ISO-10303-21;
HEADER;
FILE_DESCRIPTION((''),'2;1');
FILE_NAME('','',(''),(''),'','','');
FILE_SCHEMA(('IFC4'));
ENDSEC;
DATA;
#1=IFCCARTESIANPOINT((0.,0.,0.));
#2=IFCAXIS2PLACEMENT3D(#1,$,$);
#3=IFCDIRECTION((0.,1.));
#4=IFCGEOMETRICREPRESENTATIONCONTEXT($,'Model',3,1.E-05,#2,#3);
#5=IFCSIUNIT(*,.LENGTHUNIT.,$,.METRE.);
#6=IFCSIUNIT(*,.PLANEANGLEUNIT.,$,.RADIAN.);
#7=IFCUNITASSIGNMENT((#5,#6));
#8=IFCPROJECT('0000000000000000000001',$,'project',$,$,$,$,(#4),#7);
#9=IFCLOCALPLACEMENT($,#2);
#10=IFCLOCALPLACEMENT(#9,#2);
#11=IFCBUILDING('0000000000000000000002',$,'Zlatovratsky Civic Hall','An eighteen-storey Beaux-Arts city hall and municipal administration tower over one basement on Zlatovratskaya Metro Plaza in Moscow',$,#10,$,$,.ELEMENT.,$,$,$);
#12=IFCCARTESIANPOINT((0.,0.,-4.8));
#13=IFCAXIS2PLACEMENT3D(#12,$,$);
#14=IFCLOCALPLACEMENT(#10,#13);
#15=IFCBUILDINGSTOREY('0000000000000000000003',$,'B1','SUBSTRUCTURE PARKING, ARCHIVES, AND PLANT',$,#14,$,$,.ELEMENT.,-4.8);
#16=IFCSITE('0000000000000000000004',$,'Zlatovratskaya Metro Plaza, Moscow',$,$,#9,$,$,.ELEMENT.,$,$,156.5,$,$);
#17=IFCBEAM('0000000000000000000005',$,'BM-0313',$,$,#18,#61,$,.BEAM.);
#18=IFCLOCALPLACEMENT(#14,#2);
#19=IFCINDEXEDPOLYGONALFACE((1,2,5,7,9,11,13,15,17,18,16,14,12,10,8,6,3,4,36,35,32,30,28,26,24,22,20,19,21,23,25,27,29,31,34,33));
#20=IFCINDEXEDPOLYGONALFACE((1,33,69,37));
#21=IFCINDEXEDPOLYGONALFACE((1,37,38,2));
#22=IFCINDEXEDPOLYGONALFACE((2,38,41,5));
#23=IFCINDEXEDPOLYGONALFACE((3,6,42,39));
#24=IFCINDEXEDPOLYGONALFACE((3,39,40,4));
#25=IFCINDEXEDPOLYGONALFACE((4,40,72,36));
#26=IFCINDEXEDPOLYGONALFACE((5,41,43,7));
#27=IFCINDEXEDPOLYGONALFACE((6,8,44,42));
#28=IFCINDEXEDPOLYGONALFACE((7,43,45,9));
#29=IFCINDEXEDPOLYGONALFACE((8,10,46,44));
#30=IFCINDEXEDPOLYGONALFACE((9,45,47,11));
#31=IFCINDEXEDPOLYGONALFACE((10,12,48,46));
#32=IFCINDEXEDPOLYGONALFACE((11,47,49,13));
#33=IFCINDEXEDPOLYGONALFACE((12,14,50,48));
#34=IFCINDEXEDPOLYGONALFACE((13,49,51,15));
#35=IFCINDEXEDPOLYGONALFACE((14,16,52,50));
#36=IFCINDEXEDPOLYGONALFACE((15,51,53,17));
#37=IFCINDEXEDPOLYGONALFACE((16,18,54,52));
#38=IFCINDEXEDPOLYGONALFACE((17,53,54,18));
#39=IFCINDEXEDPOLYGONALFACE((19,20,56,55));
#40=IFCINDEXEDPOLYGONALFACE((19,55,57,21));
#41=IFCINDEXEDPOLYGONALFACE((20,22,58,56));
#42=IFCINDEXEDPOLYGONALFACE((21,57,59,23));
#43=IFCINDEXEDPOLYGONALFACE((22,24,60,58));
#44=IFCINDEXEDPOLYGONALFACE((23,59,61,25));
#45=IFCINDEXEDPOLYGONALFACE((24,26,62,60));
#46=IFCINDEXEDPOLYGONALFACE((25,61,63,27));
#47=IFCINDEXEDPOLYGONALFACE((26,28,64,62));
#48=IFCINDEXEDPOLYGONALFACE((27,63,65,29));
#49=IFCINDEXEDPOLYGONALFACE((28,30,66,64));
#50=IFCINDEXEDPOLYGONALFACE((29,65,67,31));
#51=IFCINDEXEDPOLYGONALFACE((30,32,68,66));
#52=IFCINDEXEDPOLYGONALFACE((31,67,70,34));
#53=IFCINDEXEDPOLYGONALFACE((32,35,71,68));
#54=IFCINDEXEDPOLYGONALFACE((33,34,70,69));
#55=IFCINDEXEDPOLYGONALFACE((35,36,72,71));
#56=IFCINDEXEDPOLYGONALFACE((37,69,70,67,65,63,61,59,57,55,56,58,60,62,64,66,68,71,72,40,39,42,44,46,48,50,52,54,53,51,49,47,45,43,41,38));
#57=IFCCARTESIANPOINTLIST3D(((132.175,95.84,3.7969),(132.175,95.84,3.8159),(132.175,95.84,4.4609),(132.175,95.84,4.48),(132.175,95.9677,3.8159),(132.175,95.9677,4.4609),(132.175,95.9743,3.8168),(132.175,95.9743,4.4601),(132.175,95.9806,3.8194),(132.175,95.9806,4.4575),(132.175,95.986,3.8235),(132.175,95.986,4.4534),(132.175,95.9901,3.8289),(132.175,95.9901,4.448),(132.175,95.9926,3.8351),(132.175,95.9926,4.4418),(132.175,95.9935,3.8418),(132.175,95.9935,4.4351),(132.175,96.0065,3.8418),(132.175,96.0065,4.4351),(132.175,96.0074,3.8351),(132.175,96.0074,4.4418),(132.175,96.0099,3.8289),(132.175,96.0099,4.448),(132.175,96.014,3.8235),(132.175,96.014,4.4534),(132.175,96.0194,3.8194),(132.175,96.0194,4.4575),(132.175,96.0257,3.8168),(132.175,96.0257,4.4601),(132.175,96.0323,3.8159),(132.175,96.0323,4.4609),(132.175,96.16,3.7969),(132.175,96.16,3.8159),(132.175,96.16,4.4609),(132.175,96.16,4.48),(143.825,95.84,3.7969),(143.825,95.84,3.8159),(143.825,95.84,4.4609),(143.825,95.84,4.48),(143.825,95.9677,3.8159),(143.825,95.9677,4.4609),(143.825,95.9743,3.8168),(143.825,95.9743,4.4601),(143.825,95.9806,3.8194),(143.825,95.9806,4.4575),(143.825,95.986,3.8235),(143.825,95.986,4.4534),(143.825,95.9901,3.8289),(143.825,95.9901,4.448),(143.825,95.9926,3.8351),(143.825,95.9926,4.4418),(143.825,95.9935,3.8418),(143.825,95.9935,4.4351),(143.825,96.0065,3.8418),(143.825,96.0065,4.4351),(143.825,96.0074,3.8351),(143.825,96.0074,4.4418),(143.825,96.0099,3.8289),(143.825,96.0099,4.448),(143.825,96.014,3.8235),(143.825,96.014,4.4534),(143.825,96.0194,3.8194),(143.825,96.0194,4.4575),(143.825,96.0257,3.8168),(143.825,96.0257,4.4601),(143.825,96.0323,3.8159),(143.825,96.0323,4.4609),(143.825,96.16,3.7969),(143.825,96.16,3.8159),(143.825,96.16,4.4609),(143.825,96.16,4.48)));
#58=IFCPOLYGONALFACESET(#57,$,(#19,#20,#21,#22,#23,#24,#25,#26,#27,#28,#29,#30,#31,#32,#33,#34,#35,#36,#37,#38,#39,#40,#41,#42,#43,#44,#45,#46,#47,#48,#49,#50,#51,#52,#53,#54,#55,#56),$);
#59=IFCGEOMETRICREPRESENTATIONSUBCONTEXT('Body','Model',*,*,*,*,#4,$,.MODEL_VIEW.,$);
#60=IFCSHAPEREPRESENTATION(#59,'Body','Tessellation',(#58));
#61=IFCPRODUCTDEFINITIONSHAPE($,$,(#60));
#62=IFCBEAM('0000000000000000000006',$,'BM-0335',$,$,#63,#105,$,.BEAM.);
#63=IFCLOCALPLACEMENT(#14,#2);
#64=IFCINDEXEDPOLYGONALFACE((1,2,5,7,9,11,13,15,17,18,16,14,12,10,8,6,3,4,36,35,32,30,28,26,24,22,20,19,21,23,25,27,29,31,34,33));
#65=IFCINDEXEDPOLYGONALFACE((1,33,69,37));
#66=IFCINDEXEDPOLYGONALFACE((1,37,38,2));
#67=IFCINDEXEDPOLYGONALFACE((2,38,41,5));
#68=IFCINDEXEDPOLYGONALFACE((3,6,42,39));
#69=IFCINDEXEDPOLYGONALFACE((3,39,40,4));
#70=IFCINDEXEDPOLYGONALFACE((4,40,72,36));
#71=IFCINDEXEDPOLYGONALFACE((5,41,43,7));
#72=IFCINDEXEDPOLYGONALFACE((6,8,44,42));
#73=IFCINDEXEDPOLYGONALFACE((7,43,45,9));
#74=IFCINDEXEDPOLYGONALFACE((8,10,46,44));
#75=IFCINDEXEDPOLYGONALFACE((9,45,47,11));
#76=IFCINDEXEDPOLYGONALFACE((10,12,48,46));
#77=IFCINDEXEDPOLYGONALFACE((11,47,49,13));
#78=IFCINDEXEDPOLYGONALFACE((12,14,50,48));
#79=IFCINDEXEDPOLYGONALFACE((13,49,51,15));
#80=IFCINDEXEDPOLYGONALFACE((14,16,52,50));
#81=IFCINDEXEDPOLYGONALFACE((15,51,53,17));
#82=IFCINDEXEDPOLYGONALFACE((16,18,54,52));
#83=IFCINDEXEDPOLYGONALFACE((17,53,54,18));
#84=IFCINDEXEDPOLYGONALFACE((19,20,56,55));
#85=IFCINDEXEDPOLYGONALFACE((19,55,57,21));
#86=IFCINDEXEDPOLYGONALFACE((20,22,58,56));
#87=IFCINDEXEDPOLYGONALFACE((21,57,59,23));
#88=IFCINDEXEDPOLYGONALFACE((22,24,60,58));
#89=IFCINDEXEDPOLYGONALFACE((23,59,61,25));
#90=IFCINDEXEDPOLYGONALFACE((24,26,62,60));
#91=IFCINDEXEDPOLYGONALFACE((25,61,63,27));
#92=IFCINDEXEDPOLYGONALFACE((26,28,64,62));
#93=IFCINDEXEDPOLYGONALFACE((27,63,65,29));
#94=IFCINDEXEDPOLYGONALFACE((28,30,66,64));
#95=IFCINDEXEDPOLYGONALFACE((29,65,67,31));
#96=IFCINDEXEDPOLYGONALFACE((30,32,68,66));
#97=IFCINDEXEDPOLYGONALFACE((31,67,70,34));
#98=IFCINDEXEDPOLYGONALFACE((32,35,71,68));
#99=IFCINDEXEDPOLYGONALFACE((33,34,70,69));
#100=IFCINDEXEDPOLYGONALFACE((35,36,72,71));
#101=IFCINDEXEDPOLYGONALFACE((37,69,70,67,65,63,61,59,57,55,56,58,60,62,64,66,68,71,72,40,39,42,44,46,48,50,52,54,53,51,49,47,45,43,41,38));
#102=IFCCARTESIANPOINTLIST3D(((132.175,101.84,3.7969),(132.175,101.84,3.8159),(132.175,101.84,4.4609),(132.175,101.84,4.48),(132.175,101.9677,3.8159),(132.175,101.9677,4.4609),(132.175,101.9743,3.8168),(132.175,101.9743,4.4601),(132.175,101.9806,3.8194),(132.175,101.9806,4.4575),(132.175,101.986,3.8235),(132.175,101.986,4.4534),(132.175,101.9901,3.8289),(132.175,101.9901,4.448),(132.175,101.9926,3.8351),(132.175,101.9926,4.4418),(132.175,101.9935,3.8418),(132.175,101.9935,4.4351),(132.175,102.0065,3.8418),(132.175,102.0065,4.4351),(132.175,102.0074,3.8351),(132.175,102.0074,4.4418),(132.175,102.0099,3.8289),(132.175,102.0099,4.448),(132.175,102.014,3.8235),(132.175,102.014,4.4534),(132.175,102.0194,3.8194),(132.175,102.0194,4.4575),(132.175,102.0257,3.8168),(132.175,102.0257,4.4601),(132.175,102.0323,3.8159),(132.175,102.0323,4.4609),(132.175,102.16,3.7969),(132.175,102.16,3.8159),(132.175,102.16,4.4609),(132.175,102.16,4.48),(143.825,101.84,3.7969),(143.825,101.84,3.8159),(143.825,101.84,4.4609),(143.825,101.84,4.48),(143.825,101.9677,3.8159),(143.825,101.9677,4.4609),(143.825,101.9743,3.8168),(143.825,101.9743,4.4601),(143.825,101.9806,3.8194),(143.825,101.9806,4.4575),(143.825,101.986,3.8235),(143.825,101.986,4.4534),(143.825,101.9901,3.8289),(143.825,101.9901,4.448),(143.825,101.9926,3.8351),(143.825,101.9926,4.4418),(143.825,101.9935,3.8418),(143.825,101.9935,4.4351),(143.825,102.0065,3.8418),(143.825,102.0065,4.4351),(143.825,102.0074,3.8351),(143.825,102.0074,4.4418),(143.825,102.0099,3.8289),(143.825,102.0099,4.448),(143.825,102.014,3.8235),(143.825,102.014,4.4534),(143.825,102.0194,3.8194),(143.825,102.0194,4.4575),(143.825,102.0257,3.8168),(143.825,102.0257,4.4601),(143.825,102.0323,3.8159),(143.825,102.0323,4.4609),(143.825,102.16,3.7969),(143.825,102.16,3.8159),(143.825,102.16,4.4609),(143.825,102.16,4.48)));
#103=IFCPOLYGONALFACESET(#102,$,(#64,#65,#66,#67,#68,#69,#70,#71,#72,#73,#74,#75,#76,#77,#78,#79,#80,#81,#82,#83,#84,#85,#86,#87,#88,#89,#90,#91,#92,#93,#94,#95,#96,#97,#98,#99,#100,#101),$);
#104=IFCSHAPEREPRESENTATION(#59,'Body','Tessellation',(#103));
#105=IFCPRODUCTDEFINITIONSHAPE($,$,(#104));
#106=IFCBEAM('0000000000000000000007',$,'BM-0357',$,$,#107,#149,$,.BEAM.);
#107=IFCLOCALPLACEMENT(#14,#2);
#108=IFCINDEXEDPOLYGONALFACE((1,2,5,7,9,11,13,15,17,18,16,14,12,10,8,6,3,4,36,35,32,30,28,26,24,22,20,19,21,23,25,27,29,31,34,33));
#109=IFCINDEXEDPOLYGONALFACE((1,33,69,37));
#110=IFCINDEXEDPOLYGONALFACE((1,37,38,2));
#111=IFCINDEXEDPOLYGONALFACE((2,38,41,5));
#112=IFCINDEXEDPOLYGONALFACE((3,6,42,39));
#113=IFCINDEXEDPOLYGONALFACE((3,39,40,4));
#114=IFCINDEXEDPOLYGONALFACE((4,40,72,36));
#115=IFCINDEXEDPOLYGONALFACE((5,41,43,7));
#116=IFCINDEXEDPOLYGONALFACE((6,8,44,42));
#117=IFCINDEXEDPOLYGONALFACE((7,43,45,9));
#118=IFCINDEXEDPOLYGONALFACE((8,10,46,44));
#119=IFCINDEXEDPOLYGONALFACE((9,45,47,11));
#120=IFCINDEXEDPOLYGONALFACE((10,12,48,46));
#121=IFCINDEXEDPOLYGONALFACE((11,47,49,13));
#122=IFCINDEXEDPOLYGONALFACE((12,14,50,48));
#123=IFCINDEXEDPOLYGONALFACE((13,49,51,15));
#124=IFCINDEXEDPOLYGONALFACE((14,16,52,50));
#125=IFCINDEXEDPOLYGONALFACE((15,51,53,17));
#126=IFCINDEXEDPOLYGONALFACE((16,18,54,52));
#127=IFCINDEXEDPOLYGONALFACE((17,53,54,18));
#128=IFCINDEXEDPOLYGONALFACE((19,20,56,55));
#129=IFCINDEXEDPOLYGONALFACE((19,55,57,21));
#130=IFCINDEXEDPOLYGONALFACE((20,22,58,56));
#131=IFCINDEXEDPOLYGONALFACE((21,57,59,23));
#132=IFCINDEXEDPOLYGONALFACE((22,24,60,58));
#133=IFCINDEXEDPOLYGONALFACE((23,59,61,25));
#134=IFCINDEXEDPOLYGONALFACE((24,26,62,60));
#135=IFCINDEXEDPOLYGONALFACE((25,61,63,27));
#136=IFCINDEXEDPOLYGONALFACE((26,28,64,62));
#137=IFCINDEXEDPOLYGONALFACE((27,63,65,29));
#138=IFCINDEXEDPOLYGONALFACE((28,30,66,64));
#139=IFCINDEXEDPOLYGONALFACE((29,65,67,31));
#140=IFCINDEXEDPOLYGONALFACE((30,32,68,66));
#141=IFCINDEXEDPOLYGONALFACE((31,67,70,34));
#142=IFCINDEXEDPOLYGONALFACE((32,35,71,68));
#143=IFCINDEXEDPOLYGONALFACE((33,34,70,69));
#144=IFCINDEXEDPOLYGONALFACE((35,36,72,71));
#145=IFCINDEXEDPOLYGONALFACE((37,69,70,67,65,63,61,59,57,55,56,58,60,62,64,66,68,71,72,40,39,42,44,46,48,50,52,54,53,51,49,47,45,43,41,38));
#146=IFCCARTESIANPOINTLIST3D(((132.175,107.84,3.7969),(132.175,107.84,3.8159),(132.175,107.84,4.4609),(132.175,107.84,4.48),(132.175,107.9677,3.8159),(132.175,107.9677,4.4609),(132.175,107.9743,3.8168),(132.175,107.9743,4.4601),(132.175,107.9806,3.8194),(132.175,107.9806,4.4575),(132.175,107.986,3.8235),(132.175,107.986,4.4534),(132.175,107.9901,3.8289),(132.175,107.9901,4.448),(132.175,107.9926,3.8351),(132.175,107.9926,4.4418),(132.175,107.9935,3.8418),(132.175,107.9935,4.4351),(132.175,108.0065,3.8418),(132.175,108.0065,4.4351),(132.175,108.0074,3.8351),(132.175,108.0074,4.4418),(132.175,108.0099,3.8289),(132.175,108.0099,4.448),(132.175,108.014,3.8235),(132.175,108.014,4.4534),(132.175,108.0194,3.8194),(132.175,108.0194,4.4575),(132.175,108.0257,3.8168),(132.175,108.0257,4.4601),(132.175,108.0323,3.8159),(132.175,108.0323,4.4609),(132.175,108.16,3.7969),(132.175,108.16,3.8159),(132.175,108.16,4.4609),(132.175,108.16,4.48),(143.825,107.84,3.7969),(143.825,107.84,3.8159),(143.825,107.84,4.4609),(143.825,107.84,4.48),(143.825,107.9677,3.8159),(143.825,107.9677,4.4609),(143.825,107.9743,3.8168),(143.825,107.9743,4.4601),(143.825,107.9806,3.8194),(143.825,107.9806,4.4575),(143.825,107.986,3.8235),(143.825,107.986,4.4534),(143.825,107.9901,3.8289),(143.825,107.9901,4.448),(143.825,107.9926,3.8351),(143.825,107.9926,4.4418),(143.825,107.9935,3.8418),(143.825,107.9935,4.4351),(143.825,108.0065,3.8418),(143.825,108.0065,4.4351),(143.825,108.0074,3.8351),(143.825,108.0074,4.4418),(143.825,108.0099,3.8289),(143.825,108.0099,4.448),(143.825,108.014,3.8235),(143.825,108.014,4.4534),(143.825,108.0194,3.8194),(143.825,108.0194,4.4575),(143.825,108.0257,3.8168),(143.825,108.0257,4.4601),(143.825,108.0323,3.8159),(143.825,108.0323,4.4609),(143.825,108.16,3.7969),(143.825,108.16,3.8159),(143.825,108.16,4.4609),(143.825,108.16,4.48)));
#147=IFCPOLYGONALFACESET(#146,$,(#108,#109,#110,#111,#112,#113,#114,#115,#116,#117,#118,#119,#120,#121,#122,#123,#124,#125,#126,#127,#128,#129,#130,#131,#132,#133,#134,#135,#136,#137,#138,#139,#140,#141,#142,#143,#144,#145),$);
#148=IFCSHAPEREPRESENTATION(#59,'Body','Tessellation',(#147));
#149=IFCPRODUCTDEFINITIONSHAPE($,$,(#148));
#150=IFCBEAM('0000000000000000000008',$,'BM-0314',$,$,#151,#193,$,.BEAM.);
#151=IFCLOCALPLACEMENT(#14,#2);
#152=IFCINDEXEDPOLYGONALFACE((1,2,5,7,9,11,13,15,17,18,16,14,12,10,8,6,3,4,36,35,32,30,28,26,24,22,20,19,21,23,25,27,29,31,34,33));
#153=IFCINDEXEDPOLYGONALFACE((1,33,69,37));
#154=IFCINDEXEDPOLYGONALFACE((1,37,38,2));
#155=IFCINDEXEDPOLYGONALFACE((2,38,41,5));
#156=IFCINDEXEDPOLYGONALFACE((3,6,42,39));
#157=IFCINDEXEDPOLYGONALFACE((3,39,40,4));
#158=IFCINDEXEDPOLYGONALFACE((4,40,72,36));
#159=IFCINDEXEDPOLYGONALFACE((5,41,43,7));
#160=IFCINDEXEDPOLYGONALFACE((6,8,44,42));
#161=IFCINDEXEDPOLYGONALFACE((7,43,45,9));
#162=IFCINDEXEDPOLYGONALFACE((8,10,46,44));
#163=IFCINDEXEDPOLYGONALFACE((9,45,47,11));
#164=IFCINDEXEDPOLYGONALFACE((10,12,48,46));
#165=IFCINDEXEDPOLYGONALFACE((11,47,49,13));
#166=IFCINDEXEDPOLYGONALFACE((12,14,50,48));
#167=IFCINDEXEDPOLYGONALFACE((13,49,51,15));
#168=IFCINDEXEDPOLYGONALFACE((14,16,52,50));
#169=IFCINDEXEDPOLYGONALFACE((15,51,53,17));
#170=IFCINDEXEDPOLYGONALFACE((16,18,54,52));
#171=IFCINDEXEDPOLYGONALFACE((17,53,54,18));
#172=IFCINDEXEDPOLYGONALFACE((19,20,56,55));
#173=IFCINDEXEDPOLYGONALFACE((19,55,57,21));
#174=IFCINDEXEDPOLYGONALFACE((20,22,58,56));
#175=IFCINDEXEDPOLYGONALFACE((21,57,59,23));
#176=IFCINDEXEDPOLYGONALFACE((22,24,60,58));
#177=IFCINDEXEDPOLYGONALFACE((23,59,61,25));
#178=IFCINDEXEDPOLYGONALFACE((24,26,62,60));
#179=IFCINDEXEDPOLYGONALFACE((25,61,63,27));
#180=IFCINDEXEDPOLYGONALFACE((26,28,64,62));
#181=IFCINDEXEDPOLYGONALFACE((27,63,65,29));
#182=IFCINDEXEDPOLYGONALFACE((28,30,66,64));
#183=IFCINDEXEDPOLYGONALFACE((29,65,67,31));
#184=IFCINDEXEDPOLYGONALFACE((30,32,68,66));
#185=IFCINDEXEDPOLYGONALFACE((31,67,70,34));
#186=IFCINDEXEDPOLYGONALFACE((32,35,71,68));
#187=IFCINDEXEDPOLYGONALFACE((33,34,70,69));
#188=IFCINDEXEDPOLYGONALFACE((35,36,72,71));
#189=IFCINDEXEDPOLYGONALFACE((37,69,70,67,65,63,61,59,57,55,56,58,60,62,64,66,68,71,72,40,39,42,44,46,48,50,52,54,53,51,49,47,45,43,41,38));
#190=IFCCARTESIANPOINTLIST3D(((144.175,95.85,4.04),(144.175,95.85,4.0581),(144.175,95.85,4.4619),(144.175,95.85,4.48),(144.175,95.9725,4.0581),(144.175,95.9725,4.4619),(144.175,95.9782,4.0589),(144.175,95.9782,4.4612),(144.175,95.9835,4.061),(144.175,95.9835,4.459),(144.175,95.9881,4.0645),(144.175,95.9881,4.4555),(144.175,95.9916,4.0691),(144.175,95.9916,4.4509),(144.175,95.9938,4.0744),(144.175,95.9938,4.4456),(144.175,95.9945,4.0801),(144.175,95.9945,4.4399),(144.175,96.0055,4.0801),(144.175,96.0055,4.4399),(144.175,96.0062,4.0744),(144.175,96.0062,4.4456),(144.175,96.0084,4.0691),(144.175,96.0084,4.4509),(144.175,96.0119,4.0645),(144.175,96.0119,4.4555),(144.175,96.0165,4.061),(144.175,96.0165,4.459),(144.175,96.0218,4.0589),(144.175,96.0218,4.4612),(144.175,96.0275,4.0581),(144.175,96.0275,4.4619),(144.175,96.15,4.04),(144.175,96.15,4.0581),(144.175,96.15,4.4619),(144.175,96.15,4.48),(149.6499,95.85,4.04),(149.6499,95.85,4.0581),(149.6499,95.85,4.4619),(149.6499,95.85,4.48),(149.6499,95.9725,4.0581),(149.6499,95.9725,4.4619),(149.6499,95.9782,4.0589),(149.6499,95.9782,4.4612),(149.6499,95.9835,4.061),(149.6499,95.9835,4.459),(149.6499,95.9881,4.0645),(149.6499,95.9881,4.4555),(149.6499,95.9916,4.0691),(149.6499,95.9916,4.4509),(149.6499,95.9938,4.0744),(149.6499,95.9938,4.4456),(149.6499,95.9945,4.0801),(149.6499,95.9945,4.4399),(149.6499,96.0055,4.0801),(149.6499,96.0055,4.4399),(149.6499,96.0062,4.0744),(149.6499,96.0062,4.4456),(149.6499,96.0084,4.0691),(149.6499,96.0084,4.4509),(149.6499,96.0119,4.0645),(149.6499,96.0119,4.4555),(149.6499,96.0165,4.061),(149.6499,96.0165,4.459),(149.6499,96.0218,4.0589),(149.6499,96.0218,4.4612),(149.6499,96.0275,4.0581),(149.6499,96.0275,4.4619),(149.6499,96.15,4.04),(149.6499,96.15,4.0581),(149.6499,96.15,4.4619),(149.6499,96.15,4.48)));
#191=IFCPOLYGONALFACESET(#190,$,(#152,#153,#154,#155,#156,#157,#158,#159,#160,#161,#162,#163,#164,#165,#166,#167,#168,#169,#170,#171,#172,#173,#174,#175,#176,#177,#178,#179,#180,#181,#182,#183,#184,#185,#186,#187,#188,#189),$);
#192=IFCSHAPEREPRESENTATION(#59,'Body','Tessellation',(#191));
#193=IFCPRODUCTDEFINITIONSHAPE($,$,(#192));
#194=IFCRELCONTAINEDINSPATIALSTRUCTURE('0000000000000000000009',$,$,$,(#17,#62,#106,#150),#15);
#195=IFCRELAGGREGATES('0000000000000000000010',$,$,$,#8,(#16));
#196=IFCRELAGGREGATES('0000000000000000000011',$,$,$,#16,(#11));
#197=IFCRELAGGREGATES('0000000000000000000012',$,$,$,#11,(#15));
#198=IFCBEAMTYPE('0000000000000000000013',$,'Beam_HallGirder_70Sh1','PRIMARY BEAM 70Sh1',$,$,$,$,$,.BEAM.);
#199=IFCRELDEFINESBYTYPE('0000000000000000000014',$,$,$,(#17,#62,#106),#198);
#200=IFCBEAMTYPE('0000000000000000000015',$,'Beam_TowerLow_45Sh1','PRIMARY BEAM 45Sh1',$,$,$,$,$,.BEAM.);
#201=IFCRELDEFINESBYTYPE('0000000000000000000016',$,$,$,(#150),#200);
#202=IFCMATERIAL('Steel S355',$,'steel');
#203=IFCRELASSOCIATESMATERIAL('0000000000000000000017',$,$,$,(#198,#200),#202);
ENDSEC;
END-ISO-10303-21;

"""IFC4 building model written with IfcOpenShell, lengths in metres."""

from ifc_helpers import new_model, si_unit, direction, frame, origin, origin_2d, place, context, subcontext, project, spatial, i_section, extrude, material, material_profile, profile_set, type_object, element, save


model = new_model("IFC4")

# Units and contexts
model_context = context("Model", 3, precision=1e-05, world=origin(), true_north=direction((0.0, 1.0)))
body_context = subcontext(model_context, "Body", "Model", "MODEL_VIEW")
ifc_project = project(units=[si_unit("LENGTHUNIT", "METRE"), si_unit("PLANEANGLEUNIT", "RADIAN")], contexts=[model_context])

# Site, building, storey
site_placement = place(None, origin())
site = spatial("IfcSite", under=ifc_project, at=site_placement, Name="Zlatovratskaya Metro Plaza, Moscow", CompositionType="ELEMENT", RefElevation=156.5)
building_placement = place(site_placement, origin())
building = spatial("IfcBuilding", under=site, at=building_placement, Name="Zlatovratsky Civic Hall", Description="An eighteen-storey Beaux-Arts city hall and municipal administration tower over one basement on Zlatovratskaya Metro Plaza in Moscow", CompositionType="ELEMENT")
storey_placement = place(building_placement, frame((0.0, 0.0, -4.8)))
storey = spatial("IfcBuildingStorey", under=building, at=storey_placement, Name="B1", Description="SUBSTRUCTURE PARKING, ARCHIVES, AND PLANT", CompositionType="ELEMENT", Elevation=-4.8)

# Shared definitions
ifc_material_1 = material(Name="Steel S355", Category="steel")

# Beams
ifc_material_profile_1 = material_profile(ifc_material_1, i_section(OverallWidth=0.3201, OverallDepth=0.6831, WebThickness=0.0129, FlangeThickness=0.019, FilletRadius=0.0259, at=origin_2d()), Name="70Sh1")
ifc_profile_set_1 = profile_set([ifc_material_profile_1], Name="Steel S355")
beam_type_1 = type_object("IfcBeamType", Name="Beam_HallGirder_70Sh1", Description="PRIMARY BEAM 70Sh1", PredefinedType="BEAM", material=ifc_profile_set_1)
for number, where, z_axis, x_axis, name in (
    (1, (132.175, 96.0, 4.1384), (1.0, 0.0, 0.0), (0.0, 1.0, 0.0), "BM-0313"),
    (2, (132.175, 102.0, 4.1384), (1.0, 0.0, 0.0), (0.0, 1.0, 0.0), "BM-0335"),
    (3, (132.175, 108.0, 4.1384), (1.0, 0.0, 0.0), (0.0, 1.0, 0.0), "BM-0357"),
):
    element("IfcBeam", number, at=place(storey_placement, frame(where, z_axis=z_axis, x_axis=x_axis)), inside=storey, type_object=beam_type_1, Name=name, PredefinedType="BEAM", context=body_context, shape_type="SweptSolid", body=[
        extrude(i_section(OverallWidth=0.3201, OverallDepth=0.6831, WebThickness=0.0129, FlangeThickness=0.019, FilletRadius=0.0259, at=origin_2d()), origin(), (0.0, 0.0, 1.0), 11.6499),
    ])
ifc_material_profile_2 = material_profile(ifc_material_1, i_section(OverallWidth=0.3, OverallDepth=0.4399, WebThickness=0.011, FlangeThickness=0.0181, FilletRadius=0.022, at=origin_2d()), Name="45Sh1")
ifc_profile_set_2 = profile_set([ifc_material_profile_2], Name="Steel S355")
beam_type_2 = type_object("IfcBeamType", Name="Beam_TowerLow_45Sh1", Description="PRIMARY BEAM 45Sh1", PredefinedType="BEAM", material=ifc_profile_set_2)
beam_placement = place(storey_placement, frame((144.175, 96.0, 4.26), z_axis=(1.0, 0.0, 0.0), x_axis=(0.0, 1.0, 0.0)))
element("IfcBeam", 4, at=beam_placement, inside=storey, type_object=beam_type_2, Name="BM-0314", PredefinedType="BEAM", context=body_context, shape_type="SweptSolid", body=[
    extrude(i_section(OverallWidth=0.3, OverallDepth=0.4399, WebThickness=0.011, FlangeThickness=0.0181, FilletRadius=0.022, at=origin_2d()), origin(), (0.0, 0.0, 1.0), 5.4749),
])

save(model, "model.ifc")
